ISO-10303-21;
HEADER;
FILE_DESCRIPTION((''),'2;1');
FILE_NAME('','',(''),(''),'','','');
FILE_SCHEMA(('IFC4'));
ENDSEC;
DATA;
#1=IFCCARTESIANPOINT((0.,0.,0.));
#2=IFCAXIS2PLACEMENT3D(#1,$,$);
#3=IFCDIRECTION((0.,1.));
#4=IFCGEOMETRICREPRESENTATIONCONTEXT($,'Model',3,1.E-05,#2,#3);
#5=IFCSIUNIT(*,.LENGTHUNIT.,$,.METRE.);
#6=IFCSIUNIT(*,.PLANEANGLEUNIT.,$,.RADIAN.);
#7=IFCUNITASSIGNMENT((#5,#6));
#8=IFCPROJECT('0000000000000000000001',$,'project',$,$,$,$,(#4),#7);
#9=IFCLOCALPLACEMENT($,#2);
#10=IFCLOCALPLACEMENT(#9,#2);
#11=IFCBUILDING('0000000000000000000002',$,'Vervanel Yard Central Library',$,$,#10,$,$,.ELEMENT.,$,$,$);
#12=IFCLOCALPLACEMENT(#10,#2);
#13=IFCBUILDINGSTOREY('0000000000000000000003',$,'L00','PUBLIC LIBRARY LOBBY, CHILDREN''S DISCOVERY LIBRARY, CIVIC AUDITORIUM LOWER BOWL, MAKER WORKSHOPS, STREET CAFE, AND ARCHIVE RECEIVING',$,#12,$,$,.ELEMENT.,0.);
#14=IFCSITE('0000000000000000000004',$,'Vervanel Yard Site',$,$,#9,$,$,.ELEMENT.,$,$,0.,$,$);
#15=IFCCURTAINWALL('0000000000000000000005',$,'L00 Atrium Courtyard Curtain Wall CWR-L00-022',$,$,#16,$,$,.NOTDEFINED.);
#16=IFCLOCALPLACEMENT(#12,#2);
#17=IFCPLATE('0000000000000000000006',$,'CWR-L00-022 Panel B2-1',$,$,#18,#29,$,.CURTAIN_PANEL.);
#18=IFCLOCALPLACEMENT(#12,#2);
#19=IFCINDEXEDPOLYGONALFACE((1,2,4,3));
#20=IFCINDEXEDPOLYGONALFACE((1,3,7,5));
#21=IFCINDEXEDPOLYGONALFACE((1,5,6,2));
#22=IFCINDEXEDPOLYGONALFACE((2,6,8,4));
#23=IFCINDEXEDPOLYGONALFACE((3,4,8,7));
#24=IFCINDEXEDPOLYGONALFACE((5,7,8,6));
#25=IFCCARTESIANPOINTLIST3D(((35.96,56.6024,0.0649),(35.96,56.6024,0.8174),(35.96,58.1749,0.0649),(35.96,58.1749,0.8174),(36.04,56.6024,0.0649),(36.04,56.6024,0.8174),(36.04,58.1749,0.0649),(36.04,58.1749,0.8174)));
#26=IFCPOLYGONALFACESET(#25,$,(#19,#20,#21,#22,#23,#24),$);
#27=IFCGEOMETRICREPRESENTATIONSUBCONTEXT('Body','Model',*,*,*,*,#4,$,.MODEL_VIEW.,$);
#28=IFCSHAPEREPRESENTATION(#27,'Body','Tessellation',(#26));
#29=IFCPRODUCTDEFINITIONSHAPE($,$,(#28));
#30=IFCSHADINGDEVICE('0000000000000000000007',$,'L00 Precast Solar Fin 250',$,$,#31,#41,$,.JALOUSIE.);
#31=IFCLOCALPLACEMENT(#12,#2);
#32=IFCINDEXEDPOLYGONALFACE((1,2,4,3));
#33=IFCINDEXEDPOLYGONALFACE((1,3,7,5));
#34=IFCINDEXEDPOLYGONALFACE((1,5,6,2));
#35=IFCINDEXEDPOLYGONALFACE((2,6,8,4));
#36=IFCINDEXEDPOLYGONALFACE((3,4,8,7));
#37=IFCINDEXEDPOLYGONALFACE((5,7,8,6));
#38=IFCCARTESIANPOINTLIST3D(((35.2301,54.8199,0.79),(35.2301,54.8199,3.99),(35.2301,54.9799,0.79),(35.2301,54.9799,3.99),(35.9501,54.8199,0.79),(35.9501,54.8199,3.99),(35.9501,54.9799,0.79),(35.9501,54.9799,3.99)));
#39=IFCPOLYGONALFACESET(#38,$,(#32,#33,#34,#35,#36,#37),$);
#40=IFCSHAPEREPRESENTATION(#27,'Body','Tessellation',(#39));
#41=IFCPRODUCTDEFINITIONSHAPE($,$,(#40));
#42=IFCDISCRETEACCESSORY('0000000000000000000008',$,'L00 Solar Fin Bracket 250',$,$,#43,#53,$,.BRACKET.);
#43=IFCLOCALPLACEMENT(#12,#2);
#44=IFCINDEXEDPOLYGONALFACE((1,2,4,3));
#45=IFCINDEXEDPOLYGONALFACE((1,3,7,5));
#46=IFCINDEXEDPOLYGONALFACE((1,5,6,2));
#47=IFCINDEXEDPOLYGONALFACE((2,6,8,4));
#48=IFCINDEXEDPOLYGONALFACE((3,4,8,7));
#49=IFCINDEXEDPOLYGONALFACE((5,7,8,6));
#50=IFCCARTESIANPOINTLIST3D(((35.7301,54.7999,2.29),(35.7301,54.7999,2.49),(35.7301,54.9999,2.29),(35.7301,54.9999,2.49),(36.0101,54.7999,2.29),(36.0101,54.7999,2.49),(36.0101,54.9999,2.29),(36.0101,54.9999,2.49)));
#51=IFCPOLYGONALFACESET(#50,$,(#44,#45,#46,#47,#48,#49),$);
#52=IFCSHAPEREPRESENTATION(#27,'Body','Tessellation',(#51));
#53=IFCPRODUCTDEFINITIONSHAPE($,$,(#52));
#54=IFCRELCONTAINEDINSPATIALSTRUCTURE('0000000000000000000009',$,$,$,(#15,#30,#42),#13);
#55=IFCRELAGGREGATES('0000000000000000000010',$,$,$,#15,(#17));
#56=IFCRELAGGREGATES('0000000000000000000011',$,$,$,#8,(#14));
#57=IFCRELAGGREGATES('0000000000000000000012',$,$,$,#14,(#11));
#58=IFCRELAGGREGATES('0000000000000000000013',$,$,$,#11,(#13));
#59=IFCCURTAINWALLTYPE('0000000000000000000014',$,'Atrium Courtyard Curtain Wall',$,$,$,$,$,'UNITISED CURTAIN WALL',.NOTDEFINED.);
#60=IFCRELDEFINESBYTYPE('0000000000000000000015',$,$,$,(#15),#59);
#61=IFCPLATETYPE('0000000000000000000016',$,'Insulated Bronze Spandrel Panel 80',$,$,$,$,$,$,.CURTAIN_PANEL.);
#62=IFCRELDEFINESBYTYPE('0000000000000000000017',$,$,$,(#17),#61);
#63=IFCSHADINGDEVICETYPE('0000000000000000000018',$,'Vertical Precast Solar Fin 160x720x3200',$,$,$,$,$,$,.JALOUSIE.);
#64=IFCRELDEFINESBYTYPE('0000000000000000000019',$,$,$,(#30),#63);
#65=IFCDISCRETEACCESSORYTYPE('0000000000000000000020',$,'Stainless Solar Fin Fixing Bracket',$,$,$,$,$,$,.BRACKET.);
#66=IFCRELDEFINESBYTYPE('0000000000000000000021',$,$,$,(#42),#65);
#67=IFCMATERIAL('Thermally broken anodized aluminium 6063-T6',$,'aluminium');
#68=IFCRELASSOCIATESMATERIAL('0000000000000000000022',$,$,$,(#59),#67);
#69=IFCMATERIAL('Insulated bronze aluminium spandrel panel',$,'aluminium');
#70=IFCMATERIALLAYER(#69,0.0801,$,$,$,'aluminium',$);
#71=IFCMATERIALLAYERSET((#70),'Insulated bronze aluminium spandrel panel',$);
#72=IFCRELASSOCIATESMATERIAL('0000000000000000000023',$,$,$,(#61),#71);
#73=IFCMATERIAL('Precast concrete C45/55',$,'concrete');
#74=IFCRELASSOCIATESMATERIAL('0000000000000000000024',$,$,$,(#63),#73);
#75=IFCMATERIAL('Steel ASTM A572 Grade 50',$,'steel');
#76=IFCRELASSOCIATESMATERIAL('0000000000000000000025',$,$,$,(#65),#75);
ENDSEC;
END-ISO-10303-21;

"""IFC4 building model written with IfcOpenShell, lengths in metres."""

from ifc_helpers import new_model, si_unit, direction, frame, origin, origin_2d, place, context, subcontext, project, spatial, rectangle, extrude, material, layer, layer_set, type_object, element, aggregate, save


model = new_model("IFC4")

# Units and contexts
model_context = context("Model", 3, precision=1e-05, world=origin(), true_north=direction((0.0, 1.0)))
body_context = subcontext(model_context, "Body", "Model", "MODEL_VIEW")
ifc_project = project(units=[si_unit("LENGTHUNIT", "METRE"), si_unit("PLANEANGLEUNIT", "RADIAN")], contexts=[model_context])

# Site, building, storey
site_placement = place(None, origin())
site = spatial("IfcSite", under=ifc_project, at=site_placement, Name="Vervanel Yard Site", CompositionType="ELEMENT", RefElevation=0.0)
building_placement = place(site_placement, origin())
building = spatial("IfcBuilding", under=site, at=building_placement, Name="Vervanel Yard Central Library", CompositionType="ELEMENT")
storey_placement = place(building_placement, origin())
storey = spatial("IfcBuildingStorey", under=building, at=storey_placement, Name="L00", Description="PUBLIC LIBRARY LOBBY, CHILDREN'S DISCOVERY LIBRARY, CIVIC AUDITORIUM LOWER BOWL, MAKER WORKSHOPS, STREET CAFE, AND ARCHIVE RECEIVING", CompositionType="ELEMENT", Elevation=0.0)

# Shared definitions
ifc_material_1 = material(Name="Thermally broken anodized aluminium 6063-T6", Category="aluminium")
curtain_wall_type = type_object("IfcCurtainWallType", Name="Atrium Courtyard Curtain Wall", ElementType="UNITISED CURTAIN WALL", PredefinedType="NOTDEFINED", material=ifc_material_1)

# Curtain wall
curtain_wall_1_placement = place(storey_placement, origin())
curtain_wall_1 = element("IfcCurtainWall", 1, at=curtain_wall_1_placement, inside=storey, type_object=curtain_wall_type, Name="L00 Atrium Courtyard Curtain Wall CWR-L00-022", PredefinedType="NOTDEFINED")

# Plate
ifc_material_2 = material(Name="Insulated bronze aluminium spandrel panel", Category="aluminium")
ifc_layer_1 = layer(ifc_material_2, 0.0801, Category="aluminium")
ifc_layer_set_1 = layer_set([ifc_layer_1], Name="Insulated bronze aluminium spandrel panel")
plate_type_1 = type_object("IfcPlateType", Name="Insulated Bronze Spandrel Panel 80", PredefinedType="CURTAIN_PANEL", material=ifc_layer_set_1)
plate_1_placement = place(storey_placement, frame((36.0, 57.3887, 0.0649), z_axis=(0.0, 0.0, 1.0), x_axis=(0.0, 1.0, 0.0)))
plate_1 = element("IfcPlate", 2, at=plate_1_placement, type_object=plate_type_1, Name="CWR-L00-022 Panel B2-1", PredefinedType="CURTAIN_PANEL", context=body_context, shape_type="SweptSolid", body=[
    extrude(rectangle(XDim=1.5725, YDim=0.0801, at=origin_2d()), origin(), (0.0, 0.0, 1.0), 0.7524),
])
aggregate(curtain_wall_1, [plate_1])

# Shading device
ifc_material_3 = material(Name="Precast concrete C45/55", Category="concrete")
shading_device_type = type_object("IfcShadingDeviceType", Name="Vertical Precast Solar Fin 160x720x3200", PredefinedType="JALOUSIE", material=ifc_material_3)
shading_device_placement = place(storey_placement, frame((35.5901, 54.8999, 0.79), z_axis=(0.0, 0.0, 1.0), x_axis=(0.0, 1.0, 0.0)))
element("IfcShadingDevice", 3, at=shading_device_placement, inside=storey, type_object=shading_device_type, Name="L00 Precast Solar Fin 250", PredefinedType="JALOUSIE", context=body_context, shape_type="SweptSolid", body=[
    extrude(rectangle(XDim=0.1599, YDim=0.72, at=origin_2d()), origin(), (0.0, 0.0, 1.0), 3.2),
])

# Discrete accessory
ifc_material_4 = material(Name="Steel ASTM A572 Grade 50", Category="steel")
discrete_accessory_type = type_object("IfcDiscreteAccessoryType", Name="Stainless Solar Fin Fixing Bracket", PredefinedType="BRACKET", material=ifc_material_4)
discrete_accessory_placement = place(storey_placement, frame((35.8701, 54.8999, 2.29), z_axis=(0.0, 0.0, 1.0), x_axis=(0.0, 1.0, 0.0)))
element("IfcDiscreteAccessory", 4, at=discrete_accessory_placement, inside=storey, type_object=discrete_accessory_type, Name="L00 Solar Fin Bracket 250", PredefinedType="BRACKET", context=body_context, shape_type="SweptSolid", body=[
    extrude(rectangle(XDim=0.2, YDim=0.28, at=origin_2d()), origin(), (0.0, 0.0, 1.0), 0.2),
])

save(model, "model.ifc")
